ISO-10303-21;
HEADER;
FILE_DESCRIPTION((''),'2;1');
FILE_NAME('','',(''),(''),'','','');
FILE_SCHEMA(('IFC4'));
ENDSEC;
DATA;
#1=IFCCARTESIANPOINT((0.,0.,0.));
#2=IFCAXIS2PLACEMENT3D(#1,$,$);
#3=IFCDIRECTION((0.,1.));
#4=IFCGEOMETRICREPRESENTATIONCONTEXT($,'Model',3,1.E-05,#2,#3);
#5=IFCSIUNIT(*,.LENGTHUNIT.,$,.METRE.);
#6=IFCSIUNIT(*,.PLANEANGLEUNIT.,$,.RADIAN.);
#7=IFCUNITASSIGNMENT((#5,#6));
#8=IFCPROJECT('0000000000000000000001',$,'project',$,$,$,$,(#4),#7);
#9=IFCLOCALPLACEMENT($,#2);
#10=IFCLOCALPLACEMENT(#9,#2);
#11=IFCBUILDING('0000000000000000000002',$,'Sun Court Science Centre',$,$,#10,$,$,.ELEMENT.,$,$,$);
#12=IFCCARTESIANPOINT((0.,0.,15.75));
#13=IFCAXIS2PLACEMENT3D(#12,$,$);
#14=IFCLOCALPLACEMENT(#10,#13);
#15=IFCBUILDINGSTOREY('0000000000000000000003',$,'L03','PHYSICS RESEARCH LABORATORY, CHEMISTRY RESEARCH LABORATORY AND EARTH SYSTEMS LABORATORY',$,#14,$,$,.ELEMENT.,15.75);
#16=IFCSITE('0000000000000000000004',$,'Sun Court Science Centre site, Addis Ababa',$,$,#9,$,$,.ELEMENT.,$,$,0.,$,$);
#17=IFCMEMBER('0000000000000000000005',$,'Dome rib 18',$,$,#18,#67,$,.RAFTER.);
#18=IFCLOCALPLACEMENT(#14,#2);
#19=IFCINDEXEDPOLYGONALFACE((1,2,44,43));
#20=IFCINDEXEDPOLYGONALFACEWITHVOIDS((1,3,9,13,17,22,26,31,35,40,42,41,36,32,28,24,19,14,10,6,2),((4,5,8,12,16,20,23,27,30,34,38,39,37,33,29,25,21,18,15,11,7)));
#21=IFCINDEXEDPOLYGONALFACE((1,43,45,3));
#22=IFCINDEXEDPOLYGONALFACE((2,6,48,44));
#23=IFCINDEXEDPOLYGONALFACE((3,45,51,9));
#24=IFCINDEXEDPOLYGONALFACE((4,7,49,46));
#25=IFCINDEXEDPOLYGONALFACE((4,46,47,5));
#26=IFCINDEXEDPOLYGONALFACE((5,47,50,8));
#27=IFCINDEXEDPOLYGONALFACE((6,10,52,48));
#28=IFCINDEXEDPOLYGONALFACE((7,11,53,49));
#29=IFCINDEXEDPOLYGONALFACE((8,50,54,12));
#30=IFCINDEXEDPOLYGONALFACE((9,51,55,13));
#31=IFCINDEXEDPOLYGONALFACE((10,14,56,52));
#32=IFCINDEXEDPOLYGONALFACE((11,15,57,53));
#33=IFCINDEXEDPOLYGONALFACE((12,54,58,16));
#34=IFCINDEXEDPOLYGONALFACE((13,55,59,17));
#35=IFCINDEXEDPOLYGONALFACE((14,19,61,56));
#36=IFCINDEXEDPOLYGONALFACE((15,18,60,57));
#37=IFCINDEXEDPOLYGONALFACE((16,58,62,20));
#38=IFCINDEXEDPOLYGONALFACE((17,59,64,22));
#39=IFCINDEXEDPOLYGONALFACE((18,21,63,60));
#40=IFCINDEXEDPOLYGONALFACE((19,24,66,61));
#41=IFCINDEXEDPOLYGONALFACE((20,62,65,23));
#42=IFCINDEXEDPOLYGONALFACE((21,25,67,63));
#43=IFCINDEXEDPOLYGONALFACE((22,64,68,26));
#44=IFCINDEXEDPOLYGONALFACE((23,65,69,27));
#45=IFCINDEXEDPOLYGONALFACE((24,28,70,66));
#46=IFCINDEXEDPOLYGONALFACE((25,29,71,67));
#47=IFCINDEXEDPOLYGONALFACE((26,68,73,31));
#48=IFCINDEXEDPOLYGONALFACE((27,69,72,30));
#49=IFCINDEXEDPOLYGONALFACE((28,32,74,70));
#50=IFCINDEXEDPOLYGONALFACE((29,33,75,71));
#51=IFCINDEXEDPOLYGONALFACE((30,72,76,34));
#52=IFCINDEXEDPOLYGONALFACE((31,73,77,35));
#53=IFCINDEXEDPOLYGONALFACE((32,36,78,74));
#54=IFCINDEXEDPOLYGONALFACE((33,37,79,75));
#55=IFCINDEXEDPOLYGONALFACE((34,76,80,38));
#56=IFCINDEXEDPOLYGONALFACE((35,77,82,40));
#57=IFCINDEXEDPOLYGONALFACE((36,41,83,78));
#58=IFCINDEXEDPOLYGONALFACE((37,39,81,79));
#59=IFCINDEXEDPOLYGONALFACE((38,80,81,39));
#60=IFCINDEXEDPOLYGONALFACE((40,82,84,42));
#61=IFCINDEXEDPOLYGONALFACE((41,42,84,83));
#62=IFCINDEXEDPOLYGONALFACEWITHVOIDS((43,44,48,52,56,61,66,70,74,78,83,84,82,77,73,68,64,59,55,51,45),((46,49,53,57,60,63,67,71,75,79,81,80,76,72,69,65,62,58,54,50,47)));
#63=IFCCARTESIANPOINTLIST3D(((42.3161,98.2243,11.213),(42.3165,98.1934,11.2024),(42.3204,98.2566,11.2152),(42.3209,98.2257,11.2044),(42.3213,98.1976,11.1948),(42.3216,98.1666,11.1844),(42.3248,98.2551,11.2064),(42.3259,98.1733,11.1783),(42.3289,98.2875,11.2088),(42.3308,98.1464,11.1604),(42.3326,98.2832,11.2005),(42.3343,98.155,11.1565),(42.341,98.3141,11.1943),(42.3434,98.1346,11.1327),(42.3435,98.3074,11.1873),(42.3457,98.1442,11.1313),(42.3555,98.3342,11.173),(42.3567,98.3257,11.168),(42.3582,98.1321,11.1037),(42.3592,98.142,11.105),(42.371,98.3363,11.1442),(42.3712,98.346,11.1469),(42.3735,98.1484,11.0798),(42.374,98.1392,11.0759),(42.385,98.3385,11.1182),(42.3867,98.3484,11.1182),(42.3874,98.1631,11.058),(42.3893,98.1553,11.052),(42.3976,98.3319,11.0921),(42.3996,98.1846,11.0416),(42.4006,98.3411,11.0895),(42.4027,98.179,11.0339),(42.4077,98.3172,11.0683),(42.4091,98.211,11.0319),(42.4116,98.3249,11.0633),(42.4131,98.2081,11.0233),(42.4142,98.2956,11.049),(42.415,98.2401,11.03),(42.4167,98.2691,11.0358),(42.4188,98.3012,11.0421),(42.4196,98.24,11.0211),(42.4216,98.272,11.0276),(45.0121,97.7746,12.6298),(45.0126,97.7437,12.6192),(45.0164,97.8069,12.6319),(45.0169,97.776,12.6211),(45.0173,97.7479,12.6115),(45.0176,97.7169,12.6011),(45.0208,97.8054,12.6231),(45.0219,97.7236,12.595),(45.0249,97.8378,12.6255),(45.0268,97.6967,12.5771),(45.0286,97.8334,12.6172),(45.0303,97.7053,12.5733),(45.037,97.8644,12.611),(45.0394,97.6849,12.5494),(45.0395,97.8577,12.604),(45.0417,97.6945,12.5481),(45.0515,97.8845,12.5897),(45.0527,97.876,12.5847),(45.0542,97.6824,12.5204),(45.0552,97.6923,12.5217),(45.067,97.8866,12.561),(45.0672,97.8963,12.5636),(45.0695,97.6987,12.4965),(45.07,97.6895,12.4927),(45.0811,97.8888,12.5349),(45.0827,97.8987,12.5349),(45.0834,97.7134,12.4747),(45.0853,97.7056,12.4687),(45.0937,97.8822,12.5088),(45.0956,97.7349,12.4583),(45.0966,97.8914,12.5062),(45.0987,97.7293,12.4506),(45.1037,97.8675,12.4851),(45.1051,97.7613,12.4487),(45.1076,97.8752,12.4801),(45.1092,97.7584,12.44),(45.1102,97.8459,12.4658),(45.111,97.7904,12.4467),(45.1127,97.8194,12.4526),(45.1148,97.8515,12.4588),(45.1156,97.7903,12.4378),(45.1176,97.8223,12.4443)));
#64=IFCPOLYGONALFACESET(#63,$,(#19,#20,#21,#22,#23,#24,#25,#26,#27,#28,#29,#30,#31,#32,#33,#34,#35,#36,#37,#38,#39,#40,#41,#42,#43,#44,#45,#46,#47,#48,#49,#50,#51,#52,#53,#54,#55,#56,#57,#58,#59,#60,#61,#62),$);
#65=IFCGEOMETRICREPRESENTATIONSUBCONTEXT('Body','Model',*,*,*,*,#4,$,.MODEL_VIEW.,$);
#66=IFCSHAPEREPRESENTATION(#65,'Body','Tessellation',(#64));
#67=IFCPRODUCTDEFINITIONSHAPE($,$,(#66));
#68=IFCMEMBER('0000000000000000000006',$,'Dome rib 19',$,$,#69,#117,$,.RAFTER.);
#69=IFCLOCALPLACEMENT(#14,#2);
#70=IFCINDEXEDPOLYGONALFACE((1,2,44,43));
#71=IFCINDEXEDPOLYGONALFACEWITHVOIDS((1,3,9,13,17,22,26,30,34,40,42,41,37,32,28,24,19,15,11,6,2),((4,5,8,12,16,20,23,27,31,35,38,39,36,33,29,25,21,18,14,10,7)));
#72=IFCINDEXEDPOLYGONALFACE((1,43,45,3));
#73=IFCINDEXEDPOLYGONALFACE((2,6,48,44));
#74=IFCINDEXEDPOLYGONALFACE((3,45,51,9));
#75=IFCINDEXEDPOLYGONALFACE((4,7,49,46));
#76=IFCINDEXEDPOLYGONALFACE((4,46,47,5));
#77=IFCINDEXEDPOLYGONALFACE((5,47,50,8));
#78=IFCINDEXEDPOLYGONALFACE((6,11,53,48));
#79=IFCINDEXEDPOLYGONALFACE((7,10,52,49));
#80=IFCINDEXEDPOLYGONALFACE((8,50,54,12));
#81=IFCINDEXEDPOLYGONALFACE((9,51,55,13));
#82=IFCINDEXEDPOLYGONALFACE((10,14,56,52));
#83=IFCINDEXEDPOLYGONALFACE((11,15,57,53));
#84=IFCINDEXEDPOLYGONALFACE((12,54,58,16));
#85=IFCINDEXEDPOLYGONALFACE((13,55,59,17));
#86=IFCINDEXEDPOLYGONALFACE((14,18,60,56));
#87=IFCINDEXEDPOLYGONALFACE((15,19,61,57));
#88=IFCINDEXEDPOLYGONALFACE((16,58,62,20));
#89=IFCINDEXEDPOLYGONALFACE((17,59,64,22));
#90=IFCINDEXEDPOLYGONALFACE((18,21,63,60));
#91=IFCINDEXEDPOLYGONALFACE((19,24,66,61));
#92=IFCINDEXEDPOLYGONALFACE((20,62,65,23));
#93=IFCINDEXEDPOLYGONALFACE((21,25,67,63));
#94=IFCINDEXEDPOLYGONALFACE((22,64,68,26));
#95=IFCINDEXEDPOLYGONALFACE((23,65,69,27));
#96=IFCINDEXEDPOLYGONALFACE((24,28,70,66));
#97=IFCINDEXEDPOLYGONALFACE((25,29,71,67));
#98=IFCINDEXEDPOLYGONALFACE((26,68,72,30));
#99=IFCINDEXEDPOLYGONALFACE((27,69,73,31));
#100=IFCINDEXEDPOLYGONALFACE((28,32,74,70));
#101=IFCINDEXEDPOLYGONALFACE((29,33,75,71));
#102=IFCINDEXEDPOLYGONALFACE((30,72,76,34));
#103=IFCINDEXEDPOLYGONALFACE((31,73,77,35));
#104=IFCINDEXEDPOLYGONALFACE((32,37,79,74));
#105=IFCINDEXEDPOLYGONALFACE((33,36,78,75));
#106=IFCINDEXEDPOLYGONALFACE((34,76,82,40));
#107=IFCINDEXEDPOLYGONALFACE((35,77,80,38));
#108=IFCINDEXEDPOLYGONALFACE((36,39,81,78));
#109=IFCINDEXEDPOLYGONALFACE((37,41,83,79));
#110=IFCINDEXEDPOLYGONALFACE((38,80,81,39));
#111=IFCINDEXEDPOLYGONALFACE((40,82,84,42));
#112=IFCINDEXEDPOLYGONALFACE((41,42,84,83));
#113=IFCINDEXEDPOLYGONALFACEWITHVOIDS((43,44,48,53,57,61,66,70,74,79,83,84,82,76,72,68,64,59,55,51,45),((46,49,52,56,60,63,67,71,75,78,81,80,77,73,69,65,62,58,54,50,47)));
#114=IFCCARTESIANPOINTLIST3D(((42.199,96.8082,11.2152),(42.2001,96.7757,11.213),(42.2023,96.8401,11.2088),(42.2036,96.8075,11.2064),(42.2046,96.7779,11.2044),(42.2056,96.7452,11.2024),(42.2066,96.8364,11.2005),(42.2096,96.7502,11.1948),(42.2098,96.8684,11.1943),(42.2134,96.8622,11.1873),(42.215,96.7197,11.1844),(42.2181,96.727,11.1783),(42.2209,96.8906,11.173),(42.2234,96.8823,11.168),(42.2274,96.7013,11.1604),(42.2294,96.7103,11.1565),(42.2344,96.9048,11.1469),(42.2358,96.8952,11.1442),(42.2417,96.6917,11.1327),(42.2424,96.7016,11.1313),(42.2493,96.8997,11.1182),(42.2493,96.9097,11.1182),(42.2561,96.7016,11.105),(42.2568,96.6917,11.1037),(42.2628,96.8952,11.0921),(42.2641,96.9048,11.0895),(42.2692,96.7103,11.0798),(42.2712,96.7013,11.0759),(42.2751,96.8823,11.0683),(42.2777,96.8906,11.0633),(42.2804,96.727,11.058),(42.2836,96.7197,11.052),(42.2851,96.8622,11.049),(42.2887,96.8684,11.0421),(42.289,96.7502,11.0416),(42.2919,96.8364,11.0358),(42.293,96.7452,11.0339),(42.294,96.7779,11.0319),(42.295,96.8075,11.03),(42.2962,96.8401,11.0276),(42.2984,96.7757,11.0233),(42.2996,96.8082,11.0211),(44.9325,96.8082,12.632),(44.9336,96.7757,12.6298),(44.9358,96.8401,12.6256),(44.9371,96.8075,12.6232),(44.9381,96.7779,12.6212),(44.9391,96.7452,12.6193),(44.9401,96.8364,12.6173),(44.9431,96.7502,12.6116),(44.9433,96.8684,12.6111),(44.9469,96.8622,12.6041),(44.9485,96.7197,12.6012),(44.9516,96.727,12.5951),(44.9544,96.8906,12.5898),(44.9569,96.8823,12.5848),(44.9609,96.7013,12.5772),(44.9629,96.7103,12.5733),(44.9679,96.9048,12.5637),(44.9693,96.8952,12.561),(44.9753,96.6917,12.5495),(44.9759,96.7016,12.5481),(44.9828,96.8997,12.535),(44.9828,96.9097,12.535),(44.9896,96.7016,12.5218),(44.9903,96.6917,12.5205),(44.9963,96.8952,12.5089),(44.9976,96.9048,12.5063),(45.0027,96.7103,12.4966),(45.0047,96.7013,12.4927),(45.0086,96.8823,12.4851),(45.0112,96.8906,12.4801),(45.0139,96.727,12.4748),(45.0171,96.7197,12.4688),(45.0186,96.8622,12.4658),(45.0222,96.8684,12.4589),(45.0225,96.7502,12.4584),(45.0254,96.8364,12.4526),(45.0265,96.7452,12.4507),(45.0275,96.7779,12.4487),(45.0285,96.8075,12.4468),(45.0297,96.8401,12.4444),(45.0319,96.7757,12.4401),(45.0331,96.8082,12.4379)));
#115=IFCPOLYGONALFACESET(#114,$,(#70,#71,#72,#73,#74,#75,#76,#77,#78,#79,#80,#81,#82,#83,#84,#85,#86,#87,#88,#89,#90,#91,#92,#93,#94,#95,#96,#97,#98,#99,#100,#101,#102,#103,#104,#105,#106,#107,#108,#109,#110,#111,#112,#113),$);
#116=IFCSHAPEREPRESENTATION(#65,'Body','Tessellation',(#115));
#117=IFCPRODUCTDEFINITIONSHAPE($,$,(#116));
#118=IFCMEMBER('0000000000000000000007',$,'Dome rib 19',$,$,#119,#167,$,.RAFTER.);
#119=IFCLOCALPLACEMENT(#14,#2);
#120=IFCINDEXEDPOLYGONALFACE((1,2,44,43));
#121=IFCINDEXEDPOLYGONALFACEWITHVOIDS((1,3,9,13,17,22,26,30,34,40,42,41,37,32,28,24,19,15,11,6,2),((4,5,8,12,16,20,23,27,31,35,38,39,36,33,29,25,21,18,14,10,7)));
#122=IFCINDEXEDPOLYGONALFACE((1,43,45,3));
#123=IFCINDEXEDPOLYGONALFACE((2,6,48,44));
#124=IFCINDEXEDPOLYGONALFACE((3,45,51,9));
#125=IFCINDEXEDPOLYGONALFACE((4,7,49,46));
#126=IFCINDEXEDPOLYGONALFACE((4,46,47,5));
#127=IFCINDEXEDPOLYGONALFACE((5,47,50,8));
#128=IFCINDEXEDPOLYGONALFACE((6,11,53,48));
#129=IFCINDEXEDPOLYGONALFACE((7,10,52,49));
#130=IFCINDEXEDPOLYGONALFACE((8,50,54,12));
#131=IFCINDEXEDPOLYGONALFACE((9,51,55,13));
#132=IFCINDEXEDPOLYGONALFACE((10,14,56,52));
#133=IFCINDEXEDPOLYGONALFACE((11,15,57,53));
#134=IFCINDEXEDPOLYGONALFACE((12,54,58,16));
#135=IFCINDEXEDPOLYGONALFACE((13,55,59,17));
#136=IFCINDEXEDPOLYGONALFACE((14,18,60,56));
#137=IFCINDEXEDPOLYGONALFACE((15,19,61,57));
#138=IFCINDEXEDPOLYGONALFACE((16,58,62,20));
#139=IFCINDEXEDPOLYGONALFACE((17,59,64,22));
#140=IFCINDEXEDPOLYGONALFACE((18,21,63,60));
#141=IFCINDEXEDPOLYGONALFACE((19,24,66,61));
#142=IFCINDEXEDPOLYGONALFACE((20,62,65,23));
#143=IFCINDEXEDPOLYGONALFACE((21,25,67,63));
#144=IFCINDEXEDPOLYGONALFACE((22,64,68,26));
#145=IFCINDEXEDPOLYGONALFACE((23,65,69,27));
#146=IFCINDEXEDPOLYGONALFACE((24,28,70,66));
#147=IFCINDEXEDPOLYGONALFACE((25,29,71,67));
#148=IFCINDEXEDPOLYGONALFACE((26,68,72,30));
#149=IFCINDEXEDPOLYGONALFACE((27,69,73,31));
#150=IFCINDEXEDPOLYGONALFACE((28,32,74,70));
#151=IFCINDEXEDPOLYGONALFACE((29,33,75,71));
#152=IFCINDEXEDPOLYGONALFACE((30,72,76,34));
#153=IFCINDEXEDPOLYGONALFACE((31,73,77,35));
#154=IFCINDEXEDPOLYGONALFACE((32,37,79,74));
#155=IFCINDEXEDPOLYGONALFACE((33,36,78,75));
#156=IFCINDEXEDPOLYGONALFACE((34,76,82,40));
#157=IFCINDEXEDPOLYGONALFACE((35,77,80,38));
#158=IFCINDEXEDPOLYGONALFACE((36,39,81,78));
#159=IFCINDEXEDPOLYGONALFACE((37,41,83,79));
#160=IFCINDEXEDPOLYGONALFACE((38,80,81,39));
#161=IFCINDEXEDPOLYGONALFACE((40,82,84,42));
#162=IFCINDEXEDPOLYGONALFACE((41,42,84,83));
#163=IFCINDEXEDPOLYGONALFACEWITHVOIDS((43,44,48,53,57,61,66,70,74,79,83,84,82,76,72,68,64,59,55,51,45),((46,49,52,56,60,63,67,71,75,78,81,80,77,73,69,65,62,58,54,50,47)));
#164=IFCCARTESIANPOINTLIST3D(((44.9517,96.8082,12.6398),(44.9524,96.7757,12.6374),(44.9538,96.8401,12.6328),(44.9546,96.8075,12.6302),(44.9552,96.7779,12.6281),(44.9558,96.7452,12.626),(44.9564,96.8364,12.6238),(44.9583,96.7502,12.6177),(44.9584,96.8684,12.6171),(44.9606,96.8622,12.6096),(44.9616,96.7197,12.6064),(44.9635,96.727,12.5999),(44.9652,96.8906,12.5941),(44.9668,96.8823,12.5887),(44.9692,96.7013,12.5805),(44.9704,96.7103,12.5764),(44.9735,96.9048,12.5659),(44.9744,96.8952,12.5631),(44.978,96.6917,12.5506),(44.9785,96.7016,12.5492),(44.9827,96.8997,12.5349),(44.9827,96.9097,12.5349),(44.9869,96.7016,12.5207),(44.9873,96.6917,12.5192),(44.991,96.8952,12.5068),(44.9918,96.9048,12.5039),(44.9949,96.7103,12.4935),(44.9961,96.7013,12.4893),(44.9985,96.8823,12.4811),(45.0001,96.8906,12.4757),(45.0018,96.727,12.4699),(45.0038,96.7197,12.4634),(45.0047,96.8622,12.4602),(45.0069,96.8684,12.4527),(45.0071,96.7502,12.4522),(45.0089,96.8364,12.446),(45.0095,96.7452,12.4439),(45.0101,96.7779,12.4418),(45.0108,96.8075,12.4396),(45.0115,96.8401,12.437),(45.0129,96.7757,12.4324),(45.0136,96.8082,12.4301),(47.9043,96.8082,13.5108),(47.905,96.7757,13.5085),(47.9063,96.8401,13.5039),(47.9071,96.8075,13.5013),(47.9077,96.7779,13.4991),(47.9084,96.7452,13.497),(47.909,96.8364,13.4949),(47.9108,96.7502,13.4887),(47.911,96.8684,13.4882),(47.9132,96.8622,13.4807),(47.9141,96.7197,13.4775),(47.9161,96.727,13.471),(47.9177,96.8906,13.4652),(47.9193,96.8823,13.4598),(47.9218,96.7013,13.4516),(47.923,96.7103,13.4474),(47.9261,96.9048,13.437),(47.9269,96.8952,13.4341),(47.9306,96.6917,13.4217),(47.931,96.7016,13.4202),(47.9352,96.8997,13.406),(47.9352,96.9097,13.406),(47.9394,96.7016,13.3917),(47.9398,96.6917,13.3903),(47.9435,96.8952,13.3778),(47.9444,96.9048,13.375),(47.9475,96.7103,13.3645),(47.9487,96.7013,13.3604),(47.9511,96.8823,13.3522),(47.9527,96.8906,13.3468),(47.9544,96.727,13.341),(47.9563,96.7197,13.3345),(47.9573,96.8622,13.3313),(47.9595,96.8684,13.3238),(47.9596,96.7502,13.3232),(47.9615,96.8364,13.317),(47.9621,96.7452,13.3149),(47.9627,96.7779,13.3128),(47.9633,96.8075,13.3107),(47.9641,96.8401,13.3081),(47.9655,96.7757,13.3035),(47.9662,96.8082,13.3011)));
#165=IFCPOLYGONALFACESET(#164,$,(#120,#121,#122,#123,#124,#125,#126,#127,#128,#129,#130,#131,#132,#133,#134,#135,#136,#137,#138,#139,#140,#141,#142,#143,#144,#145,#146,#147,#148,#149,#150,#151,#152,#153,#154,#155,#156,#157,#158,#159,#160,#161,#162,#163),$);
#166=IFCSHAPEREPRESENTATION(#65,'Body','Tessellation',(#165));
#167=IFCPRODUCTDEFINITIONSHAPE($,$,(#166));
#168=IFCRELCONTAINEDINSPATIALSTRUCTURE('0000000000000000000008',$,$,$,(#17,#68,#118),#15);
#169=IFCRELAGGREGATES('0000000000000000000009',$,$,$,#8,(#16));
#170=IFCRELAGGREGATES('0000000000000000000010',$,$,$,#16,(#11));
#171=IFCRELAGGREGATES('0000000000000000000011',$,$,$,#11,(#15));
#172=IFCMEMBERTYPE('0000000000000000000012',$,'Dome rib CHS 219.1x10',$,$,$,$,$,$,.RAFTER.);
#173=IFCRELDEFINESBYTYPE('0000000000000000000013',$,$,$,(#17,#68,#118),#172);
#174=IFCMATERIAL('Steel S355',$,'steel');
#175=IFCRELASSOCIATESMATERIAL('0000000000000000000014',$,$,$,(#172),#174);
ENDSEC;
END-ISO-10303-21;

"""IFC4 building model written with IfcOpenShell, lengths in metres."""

from ifc_helpers import new_model, si_unit, direction, frame, origin, origin_2d, place, context, subcontext, project, spatial, hollow_circle, extrude, material, material_profile, profile_set, type_object, element, save


model = new_model("IFC4")

# Units and contexts
model_context = context("Model", 3, precision=1e-05, world=origin(), true_north=direction((0.0, 1.0)))
body_context = subcontext(model_context, "Body", "Model", "MODEL_VIEW")
ifc_project = project(units=[si_unit("LENGTHUNIT", "METRE"), si_unit("PLANEANGLEUNIT", "RADIAN")], contexts=[model_context])

# Site, building, storey
site_placement = place(None, origin())
site = spatial("IfcSite", under=ifc_project, at=site_placement, Name="Sun Court Science Centre site, Addis Ababa", CompositionType="ELEMENT", RefElevation=0.0)
building_placement = place(site_placement, origin())
building = spatial("IfcBuilding", under=site, at=building_placement, Name="Sun Court Science Centre", CompositionType="ELEMENT")
storey_placement = place(building_placement, frame((0.0, 0.0, 15.75)))
storey = spatial("IfcBuildingStorey", under=building, at=storey_placement, Name="L03", Description="PHYSICS RESEARCH LABORATORY, CHEMISTRY RESEARCH LABORATORY AND EARTH SYSTEMS LABORATORY", CompositionType="ELEMENT", Elevation=15.75)

# Members
ifc_material_1 = material(Name="Steel S355", Category="steel")
ifc_material_profile_1 = material_profile(ifc_material_1, hollow_circle(Radius=0.1096, WallThickness=0.01, at=origin_2d()), Name="CHS 219.1x10")
ifc_profile_set_1 = profile_set([ifc_material_profile_1], Name="Steel S355")
member_type_1 = type_object("IfcMemberType", Name="Dome rib CHS 219.1x10", PredefinedType="RAFTER", material=ifc_profile_set_1)
member_1_placement = place(storey_placement, frame((42.3687, 98.2402, 11.1182), z_axis=(0.875724, -0.146073, 0.460185), x_axis=(0.164529, 0.986372, 0.0)))
element("IfcMember", 1, at=member_1_placement, inside=storey, type_object=member_type_1, Name="Dome rib 18", PredefinedType="RAFTER", context=body_context, shape_type="SweptSolid", body=[
    extrude(hollow_circle(Radius=0.1096, WallThickness=0.01, at=origin_2d()), origin(), (0.0, 0.0, 1.0), 3.0786),
])
member_2_placement = place(storey_placement, frame((42.2493, 96.8, 11.1182), z_axis=(0.88783, 0.0, 0.460171), x_axis=(0.0, 1.0, 0.0)))
element("IfcMember", 2, at=member_2_placement, inside=storey, type_object=member_type_1, Name="Dome rib 19", PredefinedType="RAFTER", context=body_context, shape_type="SweptSolid", body=[
    extrude(hollow_circle(Radius=0.1096, WallThickness=0.01, at=origin_2d()), origin(), (0.0, 0.0, 1.0), 3.0789),
])
member_3_placement = place(storey_placement, frame((44.9827, 96.8, 12.5349), z_axis=(0.95913, 0.0, 0.282965), x_axis=(0.0, 1.0, 0.0)))
element("IfcMember", 3, at=member_3_placement, inside=storey, type_object=member_type_1, Name="Dome rib 19", PredefinedType="RAFTER", context=body_context, shape_type="SweptSolid", body=[
    extrude(hollow_circle(Radius=0.1096, WallThickness=0.01, at=origin_2d()), origin(), (0.0, 0.0, 1.0), 3.0784),
])

save(model, "model.ifc")
